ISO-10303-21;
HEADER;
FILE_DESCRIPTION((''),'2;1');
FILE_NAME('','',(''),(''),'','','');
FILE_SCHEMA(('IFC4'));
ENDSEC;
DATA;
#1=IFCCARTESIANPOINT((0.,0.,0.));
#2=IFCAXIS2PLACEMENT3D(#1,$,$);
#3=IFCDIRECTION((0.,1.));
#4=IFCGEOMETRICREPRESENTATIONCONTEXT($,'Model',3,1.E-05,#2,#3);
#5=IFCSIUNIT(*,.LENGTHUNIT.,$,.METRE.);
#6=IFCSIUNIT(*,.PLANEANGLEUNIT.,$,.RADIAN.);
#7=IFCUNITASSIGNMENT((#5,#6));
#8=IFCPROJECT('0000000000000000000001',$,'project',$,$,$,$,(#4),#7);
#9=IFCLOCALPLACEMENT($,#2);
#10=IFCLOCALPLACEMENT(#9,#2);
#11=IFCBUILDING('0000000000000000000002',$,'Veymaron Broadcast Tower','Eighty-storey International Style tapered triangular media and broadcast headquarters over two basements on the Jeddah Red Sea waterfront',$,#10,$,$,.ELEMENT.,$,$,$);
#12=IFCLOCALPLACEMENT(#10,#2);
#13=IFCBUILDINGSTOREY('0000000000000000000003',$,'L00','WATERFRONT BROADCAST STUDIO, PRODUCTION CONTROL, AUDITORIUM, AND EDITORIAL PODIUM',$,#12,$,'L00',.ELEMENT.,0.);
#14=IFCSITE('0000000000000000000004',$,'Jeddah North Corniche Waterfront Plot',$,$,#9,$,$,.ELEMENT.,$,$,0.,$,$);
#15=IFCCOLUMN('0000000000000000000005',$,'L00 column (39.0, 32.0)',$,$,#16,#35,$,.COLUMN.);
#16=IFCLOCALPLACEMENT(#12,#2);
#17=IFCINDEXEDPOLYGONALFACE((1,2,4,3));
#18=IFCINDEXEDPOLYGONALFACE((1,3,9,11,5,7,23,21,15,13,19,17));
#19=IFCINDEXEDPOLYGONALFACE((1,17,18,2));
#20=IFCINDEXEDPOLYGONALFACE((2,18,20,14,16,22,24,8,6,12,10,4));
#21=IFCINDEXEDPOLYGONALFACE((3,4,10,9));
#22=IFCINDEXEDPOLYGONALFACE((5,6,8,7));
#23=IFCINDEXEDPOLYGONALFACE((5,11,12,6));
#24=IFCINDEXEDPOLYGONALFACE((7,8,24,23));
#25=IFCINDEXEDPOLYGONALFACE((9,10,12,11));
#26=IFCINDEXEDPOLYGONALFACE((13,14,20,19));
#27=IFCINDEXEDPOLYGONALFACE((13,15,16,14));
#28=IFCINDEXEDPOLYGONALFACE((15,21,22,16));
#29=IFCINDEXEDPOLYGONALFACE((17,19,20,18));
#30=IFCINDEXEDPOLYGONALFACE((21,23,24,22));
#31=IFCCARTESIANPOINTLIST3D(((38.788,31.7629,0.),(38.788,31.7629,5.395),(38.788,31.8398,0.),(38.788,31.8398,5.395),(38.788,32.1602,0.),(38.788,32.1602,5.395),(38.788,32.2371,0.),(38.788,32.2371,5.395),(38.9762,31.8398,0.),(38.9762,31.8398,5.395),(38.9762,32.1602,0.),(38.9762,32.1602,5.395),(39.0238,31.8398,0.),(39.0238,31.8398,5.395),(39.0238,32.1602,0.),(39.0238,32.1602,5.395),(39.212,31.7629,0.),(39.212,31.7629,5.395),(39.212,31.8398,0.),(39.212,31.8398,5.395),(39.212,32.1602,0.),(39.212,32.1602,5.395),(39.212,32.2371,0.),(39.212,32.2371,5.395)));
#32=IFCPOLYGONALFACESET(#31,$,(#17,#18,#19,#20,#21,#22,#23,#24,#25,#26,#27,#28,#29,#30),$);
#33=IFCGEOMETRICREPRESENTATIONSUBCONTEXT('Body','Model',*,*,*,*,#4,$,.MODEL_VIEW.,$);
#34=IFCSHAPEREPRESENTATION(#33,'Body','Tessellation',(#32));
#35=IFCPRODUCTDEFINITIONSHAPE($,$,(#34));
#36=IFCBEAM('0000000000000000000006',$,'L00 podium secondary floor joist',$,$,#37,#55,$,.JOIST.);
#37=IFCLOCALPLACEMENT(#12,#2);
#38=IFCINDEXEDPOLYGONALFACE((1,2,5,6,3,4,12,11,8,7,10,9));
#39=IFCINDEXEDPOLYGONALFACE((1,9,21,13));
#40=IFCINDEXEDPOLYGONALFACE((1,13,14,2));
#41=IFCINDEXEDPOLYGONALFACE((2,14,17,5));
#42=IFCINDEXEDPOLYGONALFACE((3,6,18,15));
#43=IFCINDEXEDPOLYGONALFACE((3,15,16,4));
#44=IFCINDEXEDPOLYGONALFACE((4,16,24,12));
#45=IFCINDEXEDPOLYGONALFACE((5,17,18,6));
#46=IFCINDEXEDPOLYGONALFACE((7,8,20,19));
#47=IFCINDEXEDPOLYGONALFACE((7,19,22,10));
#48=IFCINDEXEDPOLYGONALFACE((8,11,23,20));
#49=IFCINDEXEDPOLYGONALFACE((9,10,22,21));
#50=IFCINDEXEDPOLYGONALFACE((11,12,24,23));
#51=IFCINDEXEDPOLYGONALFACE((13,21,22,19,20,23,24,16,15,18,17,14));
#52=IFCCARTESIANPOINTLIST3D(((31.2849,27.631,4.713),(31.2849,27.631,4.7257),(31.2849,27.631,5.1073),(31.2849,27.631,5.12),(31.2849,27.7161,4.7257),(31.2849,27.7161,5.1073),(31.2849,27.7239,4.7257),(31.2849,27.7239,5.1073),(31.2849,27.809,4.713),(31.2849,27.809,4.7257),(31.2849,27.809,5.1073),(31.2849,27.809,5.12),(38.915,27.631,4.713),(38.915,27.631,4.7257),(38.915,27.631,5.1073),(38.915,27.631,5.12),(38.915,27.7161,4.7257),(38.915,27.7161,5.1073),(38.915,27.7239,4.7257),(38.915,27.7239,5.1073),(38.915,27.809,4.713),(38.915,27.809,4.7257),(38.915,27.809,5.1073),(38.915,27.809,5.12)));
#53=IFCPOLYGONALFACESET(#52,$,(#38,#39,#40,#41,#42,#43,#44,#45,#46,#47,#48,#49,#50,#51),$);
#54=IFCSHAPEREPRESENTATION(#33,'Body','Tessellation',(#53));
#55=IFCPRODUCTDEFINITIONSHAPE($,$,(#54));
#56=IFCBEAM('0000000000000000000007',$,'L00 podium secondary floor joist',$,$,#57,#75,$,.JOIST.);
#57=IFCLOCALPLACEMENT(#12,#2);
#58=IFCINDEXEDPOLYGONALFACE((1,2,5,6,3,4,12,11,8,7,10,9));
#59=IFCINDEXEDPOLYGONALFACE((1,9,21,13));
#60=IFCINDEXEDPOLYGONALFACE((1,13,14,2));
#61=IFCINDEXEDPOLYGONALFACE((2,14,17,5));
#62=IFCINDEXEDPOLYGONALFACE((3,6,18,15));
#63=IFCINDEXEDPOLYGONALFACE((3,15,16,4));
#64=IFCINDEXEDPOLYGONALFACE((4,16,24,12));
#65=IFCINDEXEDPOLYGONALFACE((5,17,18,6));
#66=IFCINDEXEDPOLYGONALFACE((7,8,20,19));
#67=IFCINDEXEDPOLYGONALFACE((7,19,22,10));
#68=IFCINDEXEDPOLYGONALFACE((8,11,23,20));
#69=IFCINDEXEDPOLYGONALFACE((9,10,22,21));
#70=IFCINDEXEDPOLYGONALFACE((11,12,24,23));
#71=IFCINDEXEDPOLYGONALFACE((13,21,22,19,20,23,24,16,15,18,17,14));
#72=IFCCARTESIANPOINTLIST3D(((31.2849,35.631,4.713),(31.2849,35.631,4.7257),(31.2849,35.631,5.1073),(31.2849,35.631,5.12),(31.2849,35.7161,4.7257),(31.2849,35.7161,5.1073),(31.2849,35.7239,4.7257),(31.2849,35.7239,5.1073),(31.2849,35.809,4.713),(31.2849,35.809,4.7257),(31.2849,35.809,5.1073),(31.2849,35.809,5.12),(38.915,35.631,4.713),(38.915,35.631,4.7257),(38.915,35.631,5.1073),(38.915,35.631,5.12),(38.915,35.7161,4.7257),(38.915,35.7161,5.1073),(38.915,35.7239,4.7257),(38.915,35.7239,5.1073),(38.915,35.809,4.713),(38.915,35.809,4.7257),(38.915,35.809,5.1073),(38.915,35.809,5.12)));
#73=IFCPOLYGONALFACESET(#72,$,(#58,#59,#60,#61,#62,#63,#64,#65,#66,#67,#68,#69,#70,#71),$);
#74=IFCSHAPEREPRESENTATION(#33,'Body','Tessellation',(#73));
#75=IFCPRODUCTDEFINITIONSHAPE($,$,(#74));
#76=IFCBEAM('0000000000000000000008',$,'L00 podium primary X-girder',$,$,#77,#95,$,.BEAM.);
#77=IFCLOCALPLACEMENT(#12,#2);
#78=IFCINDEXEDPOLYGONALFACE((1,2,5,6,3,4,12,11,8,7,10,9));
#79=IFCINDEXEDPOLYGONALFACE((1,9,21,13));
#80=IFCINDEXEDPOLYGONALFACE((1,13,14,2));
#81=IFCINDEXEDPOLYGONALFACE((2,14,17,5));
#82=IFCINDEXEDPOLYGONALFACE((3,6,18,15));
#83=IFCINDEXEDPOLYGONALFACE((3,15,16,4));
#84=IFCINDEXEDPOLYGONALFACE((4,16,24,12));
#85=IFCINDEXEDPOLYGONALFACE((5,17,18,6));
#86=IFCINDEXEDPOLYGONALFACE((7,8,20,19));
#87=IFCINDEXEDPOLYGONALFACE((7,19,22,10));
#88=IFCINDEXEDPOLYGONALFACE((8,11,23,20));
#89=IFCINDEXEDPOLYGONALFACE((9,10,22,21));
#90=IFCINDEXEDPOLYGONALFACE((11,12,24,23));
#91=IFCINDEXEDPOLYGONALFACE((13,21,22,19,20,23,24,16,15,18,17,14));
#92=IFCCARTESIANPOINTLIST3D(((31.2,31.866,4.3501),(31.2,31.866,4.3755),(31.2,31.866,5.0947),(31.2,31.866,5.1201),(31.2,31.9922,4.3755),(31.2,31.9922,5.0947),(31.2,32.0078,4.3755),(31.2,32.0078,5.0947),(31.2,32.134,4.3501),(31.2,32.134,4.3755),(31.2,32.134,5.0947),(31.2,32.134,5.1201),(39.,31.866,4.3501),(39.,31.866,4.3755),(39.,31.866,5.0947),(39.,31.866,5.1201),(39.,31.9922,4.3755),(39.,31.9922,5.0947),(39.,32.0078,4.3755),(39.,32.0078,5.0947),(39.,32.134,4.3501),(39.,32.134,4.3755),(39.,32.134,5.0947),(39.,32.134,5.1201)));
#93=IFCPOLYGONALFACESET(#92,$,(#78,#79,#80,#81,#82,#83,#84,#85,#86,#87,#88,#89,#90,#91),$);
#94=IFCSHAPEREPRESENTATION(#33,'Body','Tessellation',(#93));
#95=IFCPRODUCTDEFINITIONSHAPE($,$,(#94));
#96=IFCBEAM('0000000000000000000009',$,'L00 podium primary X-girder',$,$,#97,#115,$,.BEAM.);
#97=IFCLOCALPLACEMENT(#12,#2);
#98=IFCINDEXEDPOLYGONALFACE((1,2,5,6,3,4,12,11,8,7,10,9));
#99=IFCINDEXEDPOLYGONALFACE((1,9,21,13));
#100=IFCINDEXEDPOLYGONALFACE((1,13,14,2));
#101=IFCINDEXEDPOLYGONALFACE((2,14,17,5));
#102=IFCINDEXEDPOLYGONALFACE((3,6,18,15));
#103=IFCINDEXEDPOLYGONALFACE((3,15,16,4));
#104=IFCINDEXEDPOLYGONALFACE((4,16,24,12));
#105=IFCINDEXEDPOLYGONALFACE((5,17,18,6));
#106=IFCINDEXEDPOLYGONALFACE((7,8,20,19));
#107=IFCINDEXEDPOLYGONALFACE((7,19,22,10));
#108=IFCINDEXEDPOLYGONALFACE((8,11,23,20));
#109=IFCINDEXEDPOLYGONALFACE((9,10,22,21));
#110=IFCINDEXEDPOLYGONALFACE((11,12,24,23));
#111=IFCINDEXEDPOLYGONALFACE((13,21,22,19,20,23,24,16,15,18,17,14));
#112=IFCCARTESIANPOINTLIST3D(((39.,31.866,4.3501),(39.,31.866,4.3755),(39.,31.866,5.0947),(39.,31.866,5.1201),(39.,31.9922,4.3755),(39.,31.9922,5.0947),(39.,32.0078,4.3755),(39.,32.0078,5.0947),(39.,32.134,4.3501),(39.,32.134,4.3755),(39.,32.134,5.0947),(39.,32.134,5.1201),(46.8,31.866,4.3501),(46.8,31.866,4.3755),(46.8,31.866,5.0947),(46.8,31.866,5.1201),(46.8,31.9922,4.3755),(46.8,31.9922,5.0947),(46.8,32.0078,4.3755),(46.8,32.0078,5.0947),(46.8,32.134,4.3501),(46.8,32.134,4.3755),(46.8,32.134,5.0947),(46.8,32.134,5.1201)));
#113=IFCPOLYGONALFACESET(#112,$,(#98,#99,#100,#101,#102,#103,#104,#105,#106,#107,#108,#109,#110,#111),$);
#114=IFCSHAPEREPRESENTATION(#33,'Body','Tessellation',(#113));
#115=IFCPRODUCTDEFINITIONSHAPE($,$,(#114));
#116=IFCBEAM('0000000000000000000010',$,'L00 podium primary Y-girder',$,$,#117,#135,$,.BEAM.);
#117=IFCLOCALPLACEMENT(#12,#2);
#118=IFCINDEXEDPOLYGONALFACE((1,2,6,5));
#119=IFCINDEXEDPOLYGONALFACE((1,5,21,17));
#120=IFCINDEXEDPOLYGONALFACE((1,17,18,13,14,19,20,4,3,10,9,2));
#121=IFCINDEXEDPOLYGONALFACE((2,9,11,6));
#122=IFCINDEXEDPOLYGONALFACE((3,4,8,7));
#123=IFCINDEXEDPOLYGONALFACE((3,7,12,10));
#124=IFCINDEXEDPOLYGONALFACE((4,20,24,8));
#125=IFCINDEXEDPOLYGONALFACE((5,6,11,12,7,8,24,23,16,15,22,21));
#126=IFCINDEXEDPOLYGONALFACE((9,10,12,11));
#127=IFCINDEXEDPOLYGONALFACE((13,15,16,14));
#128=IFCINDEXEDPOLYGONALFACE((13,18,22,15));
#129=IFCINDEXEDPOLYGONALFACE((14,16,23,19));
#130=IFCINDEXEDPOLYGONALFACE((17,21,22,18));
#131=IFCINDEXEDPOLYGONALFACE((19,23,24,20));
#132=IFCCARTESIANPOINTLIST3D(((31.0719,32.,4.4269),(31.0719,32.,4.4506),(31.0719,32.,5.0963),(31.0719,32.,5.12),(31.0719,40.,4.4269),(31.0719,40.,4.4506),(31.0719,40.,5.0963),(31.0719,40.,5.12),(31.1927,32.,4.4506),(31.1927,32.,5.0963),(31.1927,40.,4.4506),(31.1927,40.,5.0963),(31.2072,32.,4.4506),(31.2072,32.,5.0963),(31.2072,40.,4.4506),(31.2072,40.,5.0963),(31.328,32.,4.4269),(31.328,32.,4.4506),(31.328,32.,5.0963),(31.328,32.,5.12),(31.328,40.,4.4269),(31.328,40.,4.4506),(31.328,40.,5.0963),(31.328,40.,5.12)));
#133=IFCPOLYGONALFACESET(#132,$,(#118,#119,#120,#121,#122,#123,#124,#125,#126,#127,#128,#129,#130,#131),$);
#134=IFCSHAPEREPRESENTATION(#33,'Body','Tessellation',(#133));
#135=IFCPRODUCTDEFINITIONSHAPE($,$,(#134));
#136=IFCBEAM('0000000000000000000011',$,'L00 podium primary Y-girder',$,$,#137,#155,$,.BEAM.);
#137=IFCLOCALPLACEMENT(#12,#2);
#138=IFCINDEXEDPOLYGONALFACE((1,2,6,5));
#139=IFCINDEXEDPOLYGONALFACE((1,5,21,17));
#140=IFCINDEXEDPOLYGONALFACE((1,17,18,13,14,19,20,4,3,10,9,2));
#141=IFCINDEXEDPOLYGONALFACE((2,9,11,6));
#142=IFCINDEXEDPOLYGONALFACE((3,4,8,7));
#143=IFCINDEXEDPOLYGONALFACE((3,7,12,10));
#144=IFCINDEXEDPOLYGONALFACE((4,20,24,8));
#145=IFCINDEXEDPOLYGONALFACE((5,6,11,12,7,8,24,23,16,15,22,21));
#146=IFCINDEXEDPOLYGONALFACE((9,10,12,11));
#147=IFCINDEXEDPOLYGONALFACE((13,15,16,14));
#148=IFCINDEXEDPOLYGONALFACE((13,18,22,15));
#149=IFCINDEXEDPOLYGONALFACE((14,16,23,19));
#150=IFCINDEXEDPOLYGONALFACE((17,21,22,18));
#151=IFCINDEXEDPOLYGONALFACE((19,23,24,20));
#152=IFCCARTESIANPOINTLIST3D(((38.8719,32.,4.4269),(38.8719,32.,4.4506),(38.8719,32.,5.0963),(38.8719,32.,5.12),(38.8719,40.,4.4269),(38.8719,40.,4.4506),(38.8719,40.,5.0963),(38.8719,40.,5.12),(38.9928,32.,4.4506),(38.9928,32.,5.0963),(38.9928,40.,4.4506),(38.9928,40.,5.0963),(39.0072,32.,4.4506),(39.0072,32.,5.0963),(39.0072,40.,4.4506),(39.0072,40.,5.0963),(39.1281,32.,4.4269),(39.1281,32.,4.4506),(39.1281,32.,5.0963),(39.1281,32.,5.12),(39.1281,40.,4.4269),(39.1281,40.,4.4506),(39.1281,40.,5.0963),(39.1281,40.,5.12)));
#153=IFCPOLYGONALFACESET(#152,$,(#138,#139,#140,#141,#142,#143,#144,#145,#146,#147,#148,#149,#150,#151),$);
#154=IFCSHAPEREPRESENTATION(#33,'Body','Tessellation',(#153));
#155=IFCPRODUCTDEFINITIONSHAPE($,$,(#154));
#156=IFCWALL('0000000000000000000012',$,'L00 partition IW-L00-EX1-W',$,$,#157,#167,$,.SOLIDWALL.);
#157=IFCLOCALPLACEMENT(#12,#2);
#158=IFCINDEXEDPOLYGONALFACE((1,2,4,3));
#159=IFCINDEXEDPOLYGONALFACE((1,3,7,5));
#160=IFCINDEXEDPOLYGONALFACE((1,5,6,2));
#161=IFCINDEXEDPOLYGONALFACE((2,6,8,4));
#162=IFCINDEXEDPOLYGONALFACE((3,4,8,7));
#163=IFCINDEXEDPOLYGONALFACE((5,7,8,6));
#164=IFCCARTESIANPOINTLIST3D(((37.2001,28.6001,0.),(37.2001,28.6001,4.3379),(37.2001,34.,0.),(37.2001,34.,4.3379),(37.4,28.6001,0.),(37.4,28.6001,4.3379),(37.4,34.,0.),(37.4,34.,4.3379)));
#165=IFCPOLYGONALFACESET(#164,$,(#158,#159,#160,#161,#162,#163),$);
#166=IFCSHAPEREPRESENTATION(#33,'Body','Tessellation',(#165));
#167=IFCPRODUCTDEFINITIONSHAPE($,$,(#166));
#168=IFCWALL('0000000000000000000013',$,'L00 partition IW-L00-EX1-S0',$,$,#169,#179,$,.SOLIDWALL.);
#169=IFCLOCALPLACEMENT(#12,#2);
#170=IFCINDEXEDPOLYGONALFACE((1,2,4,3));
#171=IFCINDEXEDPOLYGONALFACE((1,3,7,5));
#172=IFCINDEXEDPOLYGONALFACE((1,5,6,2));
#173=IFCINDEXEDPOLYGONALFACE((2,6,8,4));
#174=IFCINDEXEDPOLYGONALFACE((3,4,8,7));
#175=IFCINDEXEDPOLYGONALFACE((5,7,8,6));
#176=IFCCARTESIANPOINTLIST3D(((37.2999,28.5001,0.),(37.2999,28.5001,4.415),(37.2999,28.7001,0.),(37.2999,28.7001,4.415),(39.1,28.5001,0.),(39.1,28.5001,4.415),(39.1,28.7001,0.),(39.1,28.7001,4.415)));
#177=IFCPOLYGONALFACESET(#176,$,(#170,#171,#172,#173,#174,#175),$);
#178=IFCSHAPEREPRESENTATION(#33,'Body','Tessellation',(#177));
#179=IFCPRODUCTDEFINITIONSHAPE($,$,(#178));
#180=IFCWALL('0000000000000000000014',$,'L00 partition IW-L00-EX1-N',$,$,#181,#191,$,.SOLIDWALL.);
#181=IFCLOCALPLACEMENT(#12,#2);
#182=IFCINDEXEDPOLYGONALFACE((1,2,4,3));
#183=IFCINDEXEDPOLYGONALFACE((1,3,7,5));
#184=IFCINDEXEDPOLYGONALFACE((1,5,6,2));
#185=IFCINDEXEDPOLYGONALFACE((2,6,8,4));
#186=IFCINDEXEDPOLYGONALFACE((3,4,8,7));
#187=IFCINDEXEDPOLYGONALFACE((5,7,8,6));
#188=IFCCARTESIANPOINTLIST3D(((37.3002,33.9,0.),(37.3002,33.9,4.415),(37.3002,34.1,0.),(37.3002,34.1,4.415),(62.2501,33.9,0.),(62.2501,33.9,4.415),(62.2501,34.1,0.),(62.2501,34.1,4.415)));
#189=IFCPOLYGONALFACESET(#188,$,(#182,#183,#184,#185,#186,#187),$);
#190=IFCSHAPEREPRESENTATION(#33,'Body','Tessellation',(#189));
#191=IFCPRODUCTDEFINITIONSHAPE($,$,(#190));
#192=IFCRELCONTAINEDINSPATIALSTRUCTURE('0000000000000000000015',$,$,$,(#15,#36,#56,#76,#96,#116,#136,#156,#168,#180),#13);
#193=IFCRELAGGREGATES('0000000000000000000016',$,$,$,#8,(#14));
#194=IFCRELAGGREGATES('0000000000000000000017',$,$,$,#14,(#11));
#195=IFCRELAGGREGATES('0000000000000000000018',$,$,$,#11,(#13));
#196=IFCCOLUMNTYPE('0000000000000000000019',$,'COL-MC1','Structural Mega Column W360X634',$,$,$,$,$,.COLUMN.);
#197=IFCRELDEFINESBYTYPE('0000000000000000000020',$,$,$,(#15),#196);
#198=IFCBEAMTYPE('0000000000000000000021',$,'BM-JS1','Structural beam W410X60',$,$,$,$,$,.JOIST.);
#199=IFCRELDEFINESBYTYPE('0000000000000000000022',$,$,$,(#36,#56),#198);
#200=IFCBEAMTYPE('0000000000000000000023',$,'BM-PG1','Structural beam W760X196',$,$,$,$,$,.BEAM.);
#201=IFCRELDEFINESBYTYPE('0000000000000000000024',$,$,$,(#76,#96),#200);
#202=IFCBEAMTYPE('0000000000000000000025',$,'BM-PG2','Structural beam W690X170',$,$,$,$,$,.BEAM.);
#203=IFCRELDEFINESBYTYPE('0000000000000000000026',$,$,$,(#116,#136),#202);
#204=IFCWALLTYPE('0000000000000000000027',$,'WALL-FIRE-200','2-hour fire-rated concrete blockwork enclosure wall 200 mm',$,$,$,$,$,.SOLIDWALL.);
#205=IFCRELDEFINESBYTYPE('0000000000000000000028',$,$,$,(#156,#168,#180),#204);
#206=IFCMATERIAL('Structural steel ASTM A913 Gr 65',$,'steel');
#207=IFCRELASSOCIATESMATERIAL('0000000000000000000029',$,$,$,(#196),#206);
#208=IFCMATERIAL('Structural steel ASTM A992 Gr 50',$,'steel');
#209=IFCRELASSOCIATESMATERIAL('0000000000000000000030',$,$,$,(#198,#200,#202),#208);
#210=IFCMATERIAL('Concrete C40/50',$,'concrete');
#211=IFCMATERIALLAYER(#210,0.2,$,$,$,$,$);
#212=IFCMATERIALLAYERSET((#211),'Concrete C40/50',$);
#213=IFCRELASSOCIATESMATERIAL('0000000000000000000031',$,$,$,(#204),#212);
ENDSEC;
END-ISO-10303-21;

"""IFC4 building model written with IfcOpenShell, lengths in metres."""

from ifc_helpers import new_model, si_unit, direction, frame, frame_2d, origin, origin_2d, place, context, subcontext, project, spatial, rectangle, i_section, extrude, material, layer, layer_set, material_profile, profile_set, type_object, element, save


model = new_model("IFC4")

# Units and contexts
model_context = context("Model", 3, precision=1e-05, world=origin(), true_north=direction((0.0, 1.0)))
body_context = subcontext(model_context, "Body", "Model", "MODEL_VIEW")
ifc_project = project(units=[si_unit("LENGTHUNIT", "METRE"), si_unit("PLANEANGLEUNIT", "RADIAN")], contexts=[model_context])

# Site, building, storey
site_placement = place(None, origin())
site = spatial("IfcSite", under=ifc_project, at=site_placement, Name="Jeddah North Corniche Waterfront Plot", CompositionType="ELEMENT", RefElevation=0.0)
building_placement = place(site_placement, origin())
building = spatial("IfcBuilding", under=site, at=building_placement, Name="Veymaron Broadcast Tower", Description="Eighty-storey International Style tapered triangular media and broadcast headquarters over two basements on the Jeddah Red Sea waterfront", CompositionType="ELEMENT")
storey_placement = place(building_placement, origin())
storey = spatial("IfcBuildingStorey", under=building, at=storey_placement, Name="L00", Description="WATERFRONT BROADCAST STUDIO, PRODUCTION CONTROL, AUDITORIUM, AND EDITORIAL PODIUM", LongName="L00", CompositionType="ELEMENT", Elevation=0.0)

# Column
ifc_material_1 = material(Name="Structural steel ASTM A913 Gr 65", Category="steel")
ifc_material_profile_1 = material_profile(ifc_material_1, i_section(OverallWidth=0.4241, OverallDepth=0.4741, WebThickness=0.0476, FlangeThickness=0.0769, at=origin_2d()), Name="W360X634")
ifc_profile_set_1 = profile_set([ifc_material_profile_1], Name="Structural steel ASTM A913 Gr 65")
column_type = type_object("IfcColumnType", Name="COL-MC1", Description="Structural Mega Column W360X634", PredefinedType="COLUMN", material=ifc_profile_set_1)
column_placement = place(storey_placement, frame((39.0, 32.0, 0.0), z_axis=(0.0, 0.0, 1.0), x_axis=(1.0, 0.0, 0.0)))
element("IfcColumn", 1, at=column_placement, inside=storey, type_object=column_type, Name="L00 column (39.0, 32.0)", PredefinedType="COLUMN", context=body_context, shape_type="SweptSolid", body=[
    extrude(i_section(OverallWidth=0.4241, OverallDepth=0.4741, WebThickness=0.0476, FlangeThickness=0.0769, at=origin_2d()), origin(), (0.0, 0.0, 1.0), 5.395),
])

# Beams
ifc_material_2 = material(Name="Structural steel ASTM A992 Gr 50", Category="steel")
ifc_material_profile_2 = material_profile(ifc_material_2, i_section(OverallWidth=0.178, OverallDepth=0.407, WebThickness=0.0078, FlangeThickness=0.0127, at=origin_2d()), Name="W410X60")
ifc_profile_set_2 = profile_set([ifc_material_profile_2], Name="Structural steel ASTM A992 Gr 50")
beam_type_1 = type_object("IfcBeamType", Name="BM-JS1", Description="Structural beam W410X60", PredefinedType="JOIST", material=ifc_profile_set_2)
for number, where, z_axis, x_axis, name in (
    (2, (31.2849, 27.72, 4.9165), (1.0, 0.0, 0.0), (0.0, 1.0, 0.0), "L00 podium secondary floor joist"),
    (3, (31.2849, 35.72, 4.9165), (1.0, 0.0, 0.0), (0.0, 1.0, 0.0), "L00 podium secondary floor joist"),
):
    element("IfcBeam", number, at=place(storey_placement, frame(where, z_axis=z_axis, x_axis=x_axis)), inside=storey, type_object=beam_type_1, Name=name, PredefinedType="JOIST", context=body_context, shape_type="SweptSolid", body=[
        extrude(i_section(OverallWidth=0.178, OverallDepth=0.407, WebThickness=0.0078, FlangeThickness=0.0127, at=origin_2d()), origin(), (0.0, 0.0, 1.0), 7.6301),
    ])
ifc_material_profile_3 = material_profile(ifc_material_2, i_section(OverallWidth=0.2681, OverallDepth=0.77, WebThickness=0.0156, FlangeThickness=0.0254, at=origin_2d()), Name="W760X196")
ifc_profile_set_3 = profile_set([ifc_material_profile_3], Name="Structural steel ASTM A992 Gr 50")
beam_type_2 = type_object("IfcBeamType", Name="BM-PG1", Description="Structural beam W760X196", PredefinedType="BEAM", material=ifc_profile_set_3)
for number, where, z_axis, x_axis, name in (
    (4, (31.2, 32.0, 4.7351), (1.0, 0.0, 0.0), (0.0, 1.0, 0.0), "L00 podium primary X-girder"),
    (5, (39.0, 32.0, 4.7351), (1.0, 0.0, 0.0), (0.0, 1.0, 0.0), "L00 podium primary X-girder"),
):
    element("IfcBeam", number, at=place(storey_placement, frame(where, z_axis=z_axis, x_axis=x_axis)), inside=storey, type_object=beam_type_2, Name=name, PredefinedType="BEAM", context=body_context, shape_type="SweptSolid", body=[
        extrude(i_section(OverallWidth=0.2681, OverallDepth=0.77, WebThickness=0.0156, FlangeThickness=0.0254, at=origin_2d()), origin(), (0.0, 0.0, 1.0), 7.8),
    ])
ifc_material_profile_4 = material_profile(ifc_material_2, i_section(OverallWidth=0.2561, OverallDepth=0.6931, WebThickness=0.0144, FlangeThickness=0.0237, at=origin_2d()), Name="W690X170")
ifc_profile_set_4 = profile_set([ifc_material_profile_4], Name="Structural steel ASTM A992 Gr 50")
beam_type_3 = type_object("IfcBeamType", Name="BM-PG2", Description="Structural beam W690X170", PredefinedType="BEAM", material=ifc_profile_set_4)
for number, where, z_axis, x_axis, name in (
    (6, (31.2, 32.0, 4.7734), (0.0, 1.0, 0.0), (-1.0, 0.0, 0.0), "L00 podium primary Y-girder"),
    (7, (39.0, 32.0, 4.7734), (0.0, 1.0, 0.0), (-1.0, 0.0, 0.0), "L00 podium primary Y-girder"),
):
    element("IfcBeam", number, at=place(storey_placement, frame(where, z_axis=z_axis, x_axis=x_axis)), inside=storey, type_object=beam_type_3, Name=name, PredefinedType="BEAM", context=body_context, shape_type="SweptSolid", body=[
        extrude(i_section(OverallWidth=0.2561, OverallDepth=0.6931, WebThickness=0.0144, FlangeThickness=0.0237, at=origin_2d()), origin(), (0.0, 0.0, 1.0), 8.0),
    ])

# Walls
ifc_material_3 = material(Name="Concrete C40/50", Category="concrete")
ifc_layer_1 = layer(ifc_material_3, 0.2)
ifc_layer_set_1 = layer_set([ifc_layer_1], Name="Concrete C40/50")
wall_type_1 = type_object("IfcWallType", Name="WALL-FIRE-200", Description="2-hour fire-rated concrete blockwork enclosure wall 200 mm", PredefinedType="SOLIDWALL", material=ifc_layer_set_1)
wall_1_placement = place(storey_placement, frame((37.3, 28.6001, 0.0), z_axis=(0.0, 0.0, 1.0), x_axis=(0.0, 1.0, 0.0)))
element("IfcWall", 8, at=wall_1_placement, inside=storey, type_object=wall_type_1, Name="L00 partition IW-L00-EX1-W", PredefinedType="SOLIDWALL", context=body_context, shape_type="SweptSolid", body=[
    extrude(rectangle(XDim=5.3999, YDim=0.2, at=frame_2d((2.7, 0.0))), origin(), (0.0, 0.0, 1.0), 4.3379),
])
wall_2_placement = place(storey_placement, frame((37.3, 28.6001, 0.0), z_axis=(0.0, 0.0, 1.0), x_axis=(1.0, 0.0, 0.0)))
element("IfcWall", 9, at=wall_2_placement, inside=storey, type_object=wall_type_1, Name="L00 partition IW-L00-EX1-S0", PredefinedType="SOLIDWALL", context=body_context, shape_type="SweptSolid", body=[
    extrude(rectangle(XDim=1.8, YDim=0.2, at=frame_2d((0.8999, 0.0))), origin(), (0.0, 0.0, 1.0), 4.415),
])
wall_3_placement = place(storey_placement, frame((37.3, 34.0, 0.0), z_axis=(0.0, 0.0, 1.0), x_axis=(1.0, 0.0, 0.0)))
element("IfcWall", 10, at=wall_3_placement, inside=storey, type_object=wall_type_1, Name="L00 partition IW-L00-EX1-N", PredefinedType="SOLIDWALL", context=body_context, shape_type="SweptSolid", body=[
    extrude(rectangle(XDim=24.95, YDim=0.2, at=frame_2d((12.4751, 0.0))), origin(), (0.0, 0.0, 1.0), 4.415),
])

save(model, "model.ifc")
